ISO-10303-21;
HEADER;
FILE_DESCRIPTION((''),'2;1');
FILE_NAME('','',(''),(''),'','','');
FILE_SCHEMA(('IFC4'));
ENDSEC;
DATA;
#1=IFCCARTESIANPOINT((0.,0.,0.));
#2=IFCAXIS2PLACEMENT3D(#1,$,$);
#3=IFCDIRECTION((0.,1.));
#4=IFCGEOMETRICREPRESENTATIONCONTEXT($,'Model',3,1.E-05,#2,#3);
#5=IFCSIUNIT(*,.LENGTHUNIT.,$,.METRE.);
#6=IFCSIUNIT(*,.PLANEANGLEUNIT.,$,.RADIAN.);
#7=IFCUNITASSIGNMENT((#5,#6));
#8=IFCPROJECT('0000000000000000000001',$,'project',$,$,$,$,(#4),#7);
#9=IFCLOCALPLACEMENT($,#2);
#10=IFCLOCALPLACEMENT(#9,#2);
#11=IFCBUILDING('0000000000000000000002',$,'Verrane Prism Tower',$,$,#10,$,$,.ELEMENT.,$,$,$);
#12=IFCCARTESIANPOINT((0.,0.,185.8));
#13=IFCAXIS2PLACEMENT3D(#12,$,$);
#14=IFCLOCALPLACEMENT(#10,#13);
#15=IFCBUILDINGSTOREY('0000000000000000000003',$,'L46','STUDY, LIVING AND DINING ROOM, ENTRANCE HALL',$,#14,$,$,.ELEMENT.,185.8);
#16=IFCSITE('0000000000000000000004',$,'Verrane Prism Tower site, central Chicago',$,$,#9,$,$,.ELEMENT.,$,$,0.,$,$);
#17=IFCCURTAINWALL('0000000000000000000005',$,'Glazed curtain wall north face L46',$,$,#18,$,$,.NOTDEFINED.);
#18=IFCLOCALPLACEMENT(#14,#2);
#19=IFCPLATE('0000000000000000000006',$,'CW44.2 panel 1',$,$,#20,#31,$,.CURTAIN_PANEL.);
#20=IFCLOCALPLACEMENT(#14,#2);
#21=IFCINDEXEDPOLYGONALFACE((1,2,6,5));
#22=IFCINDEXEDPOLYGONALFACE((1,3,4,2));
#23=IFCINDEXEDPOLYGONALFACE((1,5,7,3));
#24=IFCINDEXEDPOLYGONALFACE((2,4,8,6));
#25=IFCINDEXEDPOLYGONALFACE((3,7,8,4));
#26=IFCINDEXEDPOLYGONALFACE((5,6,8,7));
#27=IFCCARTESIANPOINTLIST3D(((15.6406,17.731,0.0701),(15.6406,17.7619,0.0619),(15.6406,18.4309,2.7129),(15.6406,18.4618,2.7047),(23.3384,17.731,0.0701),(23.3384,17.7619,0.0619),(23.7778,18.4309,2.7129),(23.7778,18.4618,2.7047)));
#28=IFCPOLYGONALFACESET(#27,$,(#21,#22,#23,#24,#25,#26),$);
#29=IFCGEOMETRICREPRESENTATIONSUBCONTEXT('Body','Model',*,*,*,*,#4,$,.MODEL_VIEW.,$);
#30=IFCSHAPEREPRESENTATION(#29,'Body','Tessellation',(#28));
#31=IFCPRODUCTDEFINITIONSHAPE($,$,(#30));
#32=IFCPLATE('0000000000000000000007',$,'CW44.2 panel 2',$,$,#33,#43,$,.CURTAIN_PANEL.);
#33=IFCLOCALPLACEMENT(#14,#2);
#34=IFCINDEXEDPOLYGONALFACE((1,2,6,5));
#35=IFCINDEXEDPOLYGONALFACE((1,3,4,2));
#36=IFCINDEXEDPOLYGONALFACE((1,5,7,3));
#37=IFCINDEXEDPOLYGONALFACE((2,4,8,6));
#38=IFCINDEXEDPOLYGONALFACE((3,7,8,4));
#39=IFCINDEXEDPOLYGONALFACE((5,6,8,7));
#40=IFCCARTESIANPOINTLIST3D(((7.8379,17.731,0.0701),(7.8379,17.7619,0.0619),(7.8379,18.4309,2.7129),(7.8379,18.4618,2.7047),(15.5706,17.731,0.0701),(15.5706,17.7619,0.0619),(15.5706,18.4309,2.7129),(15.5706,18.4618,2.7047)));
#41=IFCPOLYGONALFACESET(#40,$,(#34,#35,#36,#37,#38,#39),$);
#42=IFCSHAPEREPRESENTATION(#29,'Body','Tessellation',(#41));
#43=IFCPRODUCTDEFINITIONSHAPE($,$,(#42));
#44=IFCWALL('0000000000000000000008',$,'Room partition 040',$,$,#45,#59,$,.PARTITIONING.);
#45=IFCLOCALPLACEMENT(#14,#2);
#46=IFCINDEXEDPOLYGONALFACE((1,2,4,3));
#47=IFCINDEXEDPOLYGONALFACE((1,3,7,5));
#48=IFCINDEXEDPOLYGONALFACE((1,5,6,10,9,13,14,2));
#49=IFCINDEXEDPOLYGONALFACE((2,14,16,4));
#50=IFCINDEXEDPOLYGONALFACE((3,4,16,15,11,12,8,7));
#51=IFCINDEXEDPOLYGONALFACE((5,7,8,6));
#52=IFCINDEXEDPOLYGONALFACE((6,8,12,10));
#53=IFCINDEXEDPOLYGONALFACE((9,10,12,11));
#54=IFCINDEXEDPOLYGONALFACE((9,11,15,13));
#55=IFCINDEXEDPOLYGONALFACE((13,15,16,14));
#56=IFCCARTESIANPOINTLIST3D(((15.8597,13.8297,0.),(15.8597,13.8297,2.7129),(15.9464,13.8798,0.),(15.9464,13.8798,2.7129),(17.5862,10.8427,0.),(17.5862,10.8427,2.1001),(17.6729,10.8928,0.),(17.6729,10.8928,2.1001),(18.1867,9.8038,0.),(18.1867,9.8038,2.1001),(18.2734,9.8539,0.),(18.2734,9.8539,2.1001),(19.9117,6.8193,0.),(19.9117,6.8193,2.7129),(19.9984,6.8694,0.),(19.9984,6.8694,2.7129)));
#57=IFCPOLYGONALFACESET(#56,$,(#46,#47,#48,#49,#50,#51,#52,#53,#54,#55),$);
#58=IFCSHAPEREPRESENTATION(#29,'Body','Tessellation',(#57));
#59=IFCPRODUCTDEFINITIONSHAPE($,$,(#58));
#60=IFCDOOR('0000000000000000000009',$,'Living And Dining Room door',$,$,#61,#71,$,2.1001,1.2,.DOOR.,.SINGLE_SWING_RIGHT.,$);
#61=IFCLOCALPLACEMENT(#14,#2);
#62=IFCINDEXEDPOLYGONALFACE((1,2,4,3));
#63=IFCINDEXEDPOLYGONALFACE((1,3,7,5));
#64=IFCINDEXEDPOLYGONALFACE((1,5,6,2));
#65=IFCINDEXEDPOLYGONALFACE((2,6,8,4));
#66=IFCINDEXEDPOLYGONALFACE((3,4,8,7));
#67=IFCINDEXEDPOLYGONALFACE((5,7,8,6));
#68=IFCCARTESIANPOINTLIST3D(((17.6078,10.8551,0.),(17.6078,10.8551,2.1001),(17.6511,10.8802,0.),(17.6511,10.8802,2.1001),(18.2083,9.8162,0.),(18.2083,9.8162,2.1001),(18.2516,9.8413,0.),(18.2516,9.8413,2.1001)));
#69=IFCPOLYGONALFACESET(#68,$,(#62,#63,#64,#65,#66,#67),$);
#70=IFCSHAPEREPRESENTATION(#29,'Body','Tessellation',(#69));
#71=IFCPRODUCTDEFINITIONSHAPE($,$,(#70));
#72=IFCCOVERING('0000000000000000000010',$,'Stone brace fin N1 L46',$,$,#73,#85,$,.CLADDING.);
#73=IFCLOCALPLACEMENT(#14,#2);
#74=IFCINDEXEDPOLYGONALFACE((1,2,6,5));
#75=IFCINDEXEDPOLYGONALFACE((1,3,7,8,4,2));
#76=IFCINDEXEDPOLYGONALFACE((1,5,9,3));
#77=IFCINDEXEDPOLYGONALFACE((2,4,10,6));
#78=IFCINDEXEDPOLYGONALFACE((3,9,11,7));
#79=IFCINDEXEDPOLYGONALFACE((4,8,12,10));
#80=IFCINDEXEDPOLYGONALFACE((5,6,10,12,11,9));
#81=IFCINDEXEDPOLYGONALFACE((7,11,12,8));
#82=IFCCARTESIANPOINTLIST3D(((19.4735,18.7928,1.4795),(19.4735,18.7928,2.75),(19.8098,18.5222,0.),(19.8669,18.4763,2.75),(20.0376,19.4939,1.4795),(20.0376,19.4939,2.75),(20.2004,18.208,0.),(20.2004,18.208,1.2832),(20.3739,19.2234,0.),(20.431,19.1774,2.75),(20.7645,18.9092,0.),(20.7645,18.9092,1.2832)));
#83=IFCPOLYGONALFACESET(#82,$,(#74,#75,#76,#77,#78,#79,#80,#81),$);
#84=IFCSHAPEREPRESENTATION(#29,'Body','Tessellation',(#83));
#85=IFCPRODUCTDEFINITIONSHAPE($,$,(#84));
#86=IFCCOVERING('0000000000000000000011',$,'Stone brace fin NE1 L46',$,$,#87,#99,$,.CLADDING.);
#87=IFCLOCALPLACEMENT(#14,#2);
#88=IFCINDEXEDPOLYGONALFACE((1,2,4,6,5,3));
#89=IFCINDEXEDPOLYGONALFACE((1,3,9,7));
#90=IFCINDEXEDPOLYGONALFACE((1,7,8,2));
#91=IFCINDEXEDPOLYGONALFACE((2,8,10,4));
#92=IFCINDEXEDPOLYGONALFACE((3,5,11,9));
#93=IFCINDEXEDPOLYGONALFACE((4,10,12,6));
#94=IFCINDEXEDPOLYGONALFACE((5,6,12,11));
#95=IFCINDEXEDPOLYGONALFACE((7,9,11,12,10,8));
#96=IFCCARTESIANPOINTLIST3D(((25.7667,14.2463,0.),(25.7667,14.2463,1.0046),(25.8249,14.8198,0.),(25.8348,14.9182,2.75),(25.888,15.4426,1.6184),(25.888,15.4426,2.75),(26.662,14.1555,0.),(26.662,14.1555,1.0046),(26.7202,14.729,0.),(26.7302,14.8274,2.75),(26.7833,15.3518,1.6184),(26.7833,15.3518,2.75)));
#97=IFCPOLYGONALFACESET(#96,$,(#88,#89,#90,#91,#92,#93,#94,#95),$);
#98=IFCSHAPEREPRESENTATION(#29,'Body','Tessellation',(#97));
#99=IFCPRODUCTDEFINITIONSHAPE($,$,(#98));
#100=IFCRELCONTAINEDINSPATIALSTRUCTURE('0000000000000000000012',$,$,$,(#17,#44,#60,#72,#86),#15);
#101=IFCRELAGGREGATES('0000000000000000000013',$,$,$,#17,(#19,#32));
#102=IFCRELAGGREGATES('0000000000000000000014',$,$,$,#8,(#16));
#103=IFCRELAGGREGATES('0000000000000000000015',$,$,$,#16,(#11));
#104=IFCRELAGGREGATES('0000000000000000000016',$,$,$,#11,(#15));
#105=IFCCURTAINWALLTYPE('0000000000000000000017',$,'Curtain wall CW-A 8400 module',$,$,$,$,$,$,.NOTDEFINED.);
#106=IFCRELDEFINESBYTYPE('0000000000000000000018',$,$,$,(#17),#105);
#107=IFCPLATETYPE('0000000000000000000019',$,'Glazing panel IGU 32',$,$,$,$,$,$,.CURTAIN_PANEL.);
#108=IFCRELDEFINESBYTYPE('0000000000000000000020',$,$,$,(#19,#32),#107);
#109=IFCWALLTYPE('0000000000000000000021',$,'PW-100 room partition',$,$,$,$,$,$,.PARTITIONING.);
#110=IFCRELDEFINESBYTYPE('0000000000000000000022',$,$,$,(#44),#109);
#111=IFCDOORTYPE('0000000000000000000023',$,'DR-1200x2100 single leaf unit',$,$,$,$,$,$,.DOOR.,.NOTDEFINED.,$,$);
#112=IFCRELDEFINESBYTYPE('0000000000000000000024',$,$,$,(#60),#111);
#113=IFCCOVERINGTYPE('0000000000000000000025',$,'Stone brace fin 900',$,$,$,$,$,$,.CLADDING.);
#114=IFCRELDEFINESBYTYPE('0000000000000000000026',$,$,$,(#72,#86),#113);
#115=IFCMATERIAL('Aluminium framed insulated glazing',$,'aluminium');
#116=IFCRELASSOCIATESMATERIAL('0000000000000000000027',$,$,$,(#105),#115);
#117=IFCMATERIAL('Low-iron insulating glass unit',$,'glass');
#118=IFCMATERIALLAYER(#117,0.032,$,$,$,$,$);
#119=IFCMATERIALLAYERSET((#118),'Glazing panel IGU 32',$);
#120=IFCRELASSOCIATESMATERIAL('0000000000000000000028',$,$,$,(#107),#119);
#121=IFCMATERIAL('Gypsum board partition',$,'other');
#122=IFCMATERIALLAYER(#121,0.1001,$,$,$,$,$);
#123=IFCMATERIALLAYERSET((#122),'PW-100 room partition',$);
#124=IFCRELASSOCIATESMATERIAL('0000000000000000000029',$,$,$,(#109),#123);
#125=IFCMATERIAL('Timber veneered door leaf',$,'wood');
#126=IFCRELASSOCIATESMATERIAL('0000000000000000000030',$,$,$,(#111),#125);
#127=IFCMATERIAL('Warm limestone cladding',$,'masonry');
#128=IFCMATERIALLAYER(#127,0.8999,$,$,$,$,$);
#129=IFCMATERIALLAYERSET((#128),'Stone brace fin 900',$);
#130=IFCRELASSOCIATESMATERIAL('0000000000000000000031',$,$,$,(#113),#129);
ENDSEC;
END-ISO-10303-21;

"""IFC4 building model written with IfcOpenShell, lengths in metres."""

from ifc_helpers import new_model, si_unit, direction, frame, frame_2d, origin, place, context, subcontext, project, spatial, polyline, rectangle, outline, extrude, material, layer, layer_set, type_object, element, fill, aggregate, save


model = new_model("IFC4")

# Units and contexts
model_context = context("Model", 3, precision=1e-05, world=origin(), true_north=direction((0.0, 1.0)))
body_context = subcontext(model_context, "Body", "Model", "MODEL_VIEW")
ifc_project = project(units=[si_unit("LENGTHUNIT", "METRE"), si_unit("PLANEANGLEUNIT", "RADIAN")], contexts=[model_context])

# Site, building, storey
site_placement = place(None, origin())
site = spatial("IfcSite", under=ifc_project, at=site_placement, Name="Verrane Prism Tower site, central Chicago", CompositionType="ELEMENT", RefElevation=0.0)
building_placement = place(site_placement, origin())
building = spatial("IfcBuilding", under=site, at=building_placement, Name="Verrane Prism Tower", CompositionType="ELEMENT")
storey_placement = place(building_placement, frame((0.0, 0.0, 185.8)))
storey = spatial("IfcBuildingStorey", under=building, at=storey_placement, Name="L46", Description="STUDY, LIVING AND DINING ROOM, ENTRANCE HALL", CompositionType="ELEMENT", Elevation=185.8)

# Shared definitions
ifc_material_1 = material(Name="Aluminium framed insulated glazing", Category="aluminium")
curtain_wall_type = type_object("IfcCurtainWallType", Name="Curtain wall CW-A 8400 module", PredefinedType="NOTDEFINED", material=ifc_material_1)

# Curtain wall
curtain_wall_1_placement = place(storey_placement, origin())
curtain_wall_1 = element("IfcCurtainWall", 1, at=curtain_wall_1_placement, inside=storey, type_object=curtain_wall_type, Name="Glazed curtain wall north face L46", PredefinedType="NOTDEFINED")

# Plates
ifc_material_2 = material(Name="Low-iron insulating glass unit", Category="glass")
ifc_layer_1 = layer(ifc_material_2, 0.032)
ifc_layer_set_1 = layer_set([ifc_layer_1], Name="Glazing panel IGU 32")
plate_type = type_object("IfcPlateType", Name="Glazing panel IGU 32", PredefinedType="CURTAIN_PANEL", material=ifc_layer_set_1)
plate_1_placement = place(storey_placement, frame((23.3384, 17.731, 0.0701), z_axis=(0.0, -0.966671, 0.256023), x_axis=(-1.0, 0.0, 0.0)))
plate_1 = element("IfcPlate", 2, at=plate_1_placement, type_object=plate_type, Name="CW44.2 panel 1", PredefinedType="CURTAIN_PANEL", context=body_context, shape_type="SweptSolid", body=[
    extrude(outline(polyline([(0.0, 0.0), (7.6978, 0.0), (7.6978, -2.7339), (-0.4395, -2.7339), (0.0, 0.0)])), origin(), (0.0, 0.0, -1.0), 0.032),
])
plate_2_placement = place(storey_placement, frame((15.5706, 17.731, 0.0701), z_axis=(0.0, -0.966671, 0.256023), x_axis=(-1.0, 0.0, 0.0)))
plate_2 = element("IfcPlate", 3, at=plate_2_placement, type_object=plate_type, Name="CW44.2 panel 2", PredefinedType="CURTAIN_PANEL", context=body_context, shape_type="SweptSolid", body=[
    extrude(outline(polyline([(0.0, 0.0), (7.7327, 0.0), (7.7327, -2.7339), (0.0, -2.7339), (0.0, 0.0)])), origin(), (0.0, 0.0, -1.0), 0.032),
])
aggregate(curtain_wall_1, [plate_1, plate_2])

# Wall, opening, door
ifc_material_3 = material(Name="Gypsum board partition", Category="other")
ifc_layer_2 = layer(ifc_material_3, 0.1001)
ifc_layer_set_2 = layer_set([ifc_layer_2], Name="PW-100 room partition")
wall_type = type_object("IfcWallType", Name="PW-100 room partition", PredefinedType="PARTITIONING", material=ifc_layer_set_2)
wall_placement = place(storey_placement, frame((15.9031, 13.8547, 0.0), z_axis=(0.0, 0.0, 1.0), x_axis=(0.500416, -0.865785, 0.0)))
wall = element("IfcWall", 4, at=wall_placement, inside=storey, type_object=wall_type, Name="Room partition 040", PredefinedType="PARTITIONING", context=body_context, shape_type="SweptSolid", body=[
    extrude(rectangle(XDim=8.0972, YDim=0.1001, at=frame_2d((4.0486, 0.0))), origin(), (0.0, 0.0, 1.0), 2.7129),
])
opening_placement = place(wall_placement, frame((3.45, 0.0, 0.0)))
opening = element("IfcOpeningElement", 5, at=opening_placement, cuts=wall, PredefinedType="OPENING", context=body_context, shape_type="SweptSolid", body=[
    extrude(rectangle(XDim=1.2, YDim=2.1001, at=frame_2d((0.6001, 1.05))), frame((0.0, 0.0601, 0.0), z_axis=(0.0, -1.0, 0.0), x_axis=(1.0, 0.0, 0.0)), (0.0, 0.0, 1.0), 0.1201),
])
ifc_material_4 = material(Name="Timber veneered door leaf", Category="wood")
door_type = type_object("IfcDoorType", Name="DR-1200x2100 single leaf unit", OperationType="NOTDEFINED", PredefinedType="DOOR", material=ifc_material_4)
door_placement = place(opening_placement, origin())
door = element("IfcDoor", 6, at=door_placement, inside=storey, type_object=door_type, Name="Living And Dining Room door", OperationType="SINGLE_SWING_RIGHT", OverallHeight=2.1001, OverallWidth=1.2, PredefinedType="DOOR", context=body_context, shape_type="SweptSolid", body=[
    extrude(rectangle(XDim=1.2, YDim=2.1001, at=frame_2d((0.6001, 1.05))), frame((0.0, 0.0249, 0.0), z_axis=(0.0, -1.0, 0.0), x_axis=(1.0, 0.0, 0.0)), (0.0, 0.0, 1.0), 0.05),
])
fill(opening, door)

# Coverings
ifc_material_5 = material(Name="Warm limestone cladding", Category="masonry")
ifc_layer_3 = layer(ifc_material_5, 0.8999)
ifc_layer_set_3 = layer_set([ifc_layer_3], Name="Stone brace fin 900")
covering_type = type_object("IfcCoveringType", Name="Stone brace fin 900", PredefinedType="CLADDING", material=ifc_layer_set_3)
covering_1_placement = place(storey_placement, frame((20.4824, 18.5586, 0.0), z_axis=(0.0, 0.0, 1.0), x_axis=(-0.779155, 0.626831, 0.0)))
element("IfcCovering", 7, at=covering_1_placement, inside=storey, type_object=covering_type, Name="Stone brace fin N1 L46", PredefinedType="CLADDING", context=body_context, shape_type="SweptSolid", body=[
    extrude(outline(polyline([(0.9329, 2.75), (0.428, 2.75), (0.0, 1.2832), (0.0, 0.0), (0.5012, 0.0), (0.9329, 1.4795), (0.9329, 2.75)])), frame((0.0, 0.45, 0.0), z_axis=(0.0, -1.0, 0.0), x_axis=(1.0, 0.0, 0.0)), (0.0, 0.0, 1.0), 0.8999),
])
covering_2_placement = place(storey_placement, frame((26.2144, 14.2009, 0.0), z_axis=(0.0, 0.0, 1.0), x_axis=(0.100911, 0.994895, 0.0)))
element("IfcCovering", 8, at=covering_2_placement, inside=storey, type_object=covering_type, Name="Stone brace fin NE1 L46", PredefinedType="CLADDING", context=body_context, shape_type="SweptSolid", body=[
    extrude(outline(polyline([(1.2024, 2.75), (0.6753, 2.75), (0.0, 1.0046), (0.0, 0.0), (0.5764, 0.0), (1.2024, 1.6184), (1.2024, 2.75)])), frame((0.0, 0.45, 0.0), z_axis=(0.0, -1.0, 0.0), x_axis=(1.0, 0.0, 0.0)), (0.0, 0.0, 1.0), 0.8999),
])

save(model, "model.ifc")
